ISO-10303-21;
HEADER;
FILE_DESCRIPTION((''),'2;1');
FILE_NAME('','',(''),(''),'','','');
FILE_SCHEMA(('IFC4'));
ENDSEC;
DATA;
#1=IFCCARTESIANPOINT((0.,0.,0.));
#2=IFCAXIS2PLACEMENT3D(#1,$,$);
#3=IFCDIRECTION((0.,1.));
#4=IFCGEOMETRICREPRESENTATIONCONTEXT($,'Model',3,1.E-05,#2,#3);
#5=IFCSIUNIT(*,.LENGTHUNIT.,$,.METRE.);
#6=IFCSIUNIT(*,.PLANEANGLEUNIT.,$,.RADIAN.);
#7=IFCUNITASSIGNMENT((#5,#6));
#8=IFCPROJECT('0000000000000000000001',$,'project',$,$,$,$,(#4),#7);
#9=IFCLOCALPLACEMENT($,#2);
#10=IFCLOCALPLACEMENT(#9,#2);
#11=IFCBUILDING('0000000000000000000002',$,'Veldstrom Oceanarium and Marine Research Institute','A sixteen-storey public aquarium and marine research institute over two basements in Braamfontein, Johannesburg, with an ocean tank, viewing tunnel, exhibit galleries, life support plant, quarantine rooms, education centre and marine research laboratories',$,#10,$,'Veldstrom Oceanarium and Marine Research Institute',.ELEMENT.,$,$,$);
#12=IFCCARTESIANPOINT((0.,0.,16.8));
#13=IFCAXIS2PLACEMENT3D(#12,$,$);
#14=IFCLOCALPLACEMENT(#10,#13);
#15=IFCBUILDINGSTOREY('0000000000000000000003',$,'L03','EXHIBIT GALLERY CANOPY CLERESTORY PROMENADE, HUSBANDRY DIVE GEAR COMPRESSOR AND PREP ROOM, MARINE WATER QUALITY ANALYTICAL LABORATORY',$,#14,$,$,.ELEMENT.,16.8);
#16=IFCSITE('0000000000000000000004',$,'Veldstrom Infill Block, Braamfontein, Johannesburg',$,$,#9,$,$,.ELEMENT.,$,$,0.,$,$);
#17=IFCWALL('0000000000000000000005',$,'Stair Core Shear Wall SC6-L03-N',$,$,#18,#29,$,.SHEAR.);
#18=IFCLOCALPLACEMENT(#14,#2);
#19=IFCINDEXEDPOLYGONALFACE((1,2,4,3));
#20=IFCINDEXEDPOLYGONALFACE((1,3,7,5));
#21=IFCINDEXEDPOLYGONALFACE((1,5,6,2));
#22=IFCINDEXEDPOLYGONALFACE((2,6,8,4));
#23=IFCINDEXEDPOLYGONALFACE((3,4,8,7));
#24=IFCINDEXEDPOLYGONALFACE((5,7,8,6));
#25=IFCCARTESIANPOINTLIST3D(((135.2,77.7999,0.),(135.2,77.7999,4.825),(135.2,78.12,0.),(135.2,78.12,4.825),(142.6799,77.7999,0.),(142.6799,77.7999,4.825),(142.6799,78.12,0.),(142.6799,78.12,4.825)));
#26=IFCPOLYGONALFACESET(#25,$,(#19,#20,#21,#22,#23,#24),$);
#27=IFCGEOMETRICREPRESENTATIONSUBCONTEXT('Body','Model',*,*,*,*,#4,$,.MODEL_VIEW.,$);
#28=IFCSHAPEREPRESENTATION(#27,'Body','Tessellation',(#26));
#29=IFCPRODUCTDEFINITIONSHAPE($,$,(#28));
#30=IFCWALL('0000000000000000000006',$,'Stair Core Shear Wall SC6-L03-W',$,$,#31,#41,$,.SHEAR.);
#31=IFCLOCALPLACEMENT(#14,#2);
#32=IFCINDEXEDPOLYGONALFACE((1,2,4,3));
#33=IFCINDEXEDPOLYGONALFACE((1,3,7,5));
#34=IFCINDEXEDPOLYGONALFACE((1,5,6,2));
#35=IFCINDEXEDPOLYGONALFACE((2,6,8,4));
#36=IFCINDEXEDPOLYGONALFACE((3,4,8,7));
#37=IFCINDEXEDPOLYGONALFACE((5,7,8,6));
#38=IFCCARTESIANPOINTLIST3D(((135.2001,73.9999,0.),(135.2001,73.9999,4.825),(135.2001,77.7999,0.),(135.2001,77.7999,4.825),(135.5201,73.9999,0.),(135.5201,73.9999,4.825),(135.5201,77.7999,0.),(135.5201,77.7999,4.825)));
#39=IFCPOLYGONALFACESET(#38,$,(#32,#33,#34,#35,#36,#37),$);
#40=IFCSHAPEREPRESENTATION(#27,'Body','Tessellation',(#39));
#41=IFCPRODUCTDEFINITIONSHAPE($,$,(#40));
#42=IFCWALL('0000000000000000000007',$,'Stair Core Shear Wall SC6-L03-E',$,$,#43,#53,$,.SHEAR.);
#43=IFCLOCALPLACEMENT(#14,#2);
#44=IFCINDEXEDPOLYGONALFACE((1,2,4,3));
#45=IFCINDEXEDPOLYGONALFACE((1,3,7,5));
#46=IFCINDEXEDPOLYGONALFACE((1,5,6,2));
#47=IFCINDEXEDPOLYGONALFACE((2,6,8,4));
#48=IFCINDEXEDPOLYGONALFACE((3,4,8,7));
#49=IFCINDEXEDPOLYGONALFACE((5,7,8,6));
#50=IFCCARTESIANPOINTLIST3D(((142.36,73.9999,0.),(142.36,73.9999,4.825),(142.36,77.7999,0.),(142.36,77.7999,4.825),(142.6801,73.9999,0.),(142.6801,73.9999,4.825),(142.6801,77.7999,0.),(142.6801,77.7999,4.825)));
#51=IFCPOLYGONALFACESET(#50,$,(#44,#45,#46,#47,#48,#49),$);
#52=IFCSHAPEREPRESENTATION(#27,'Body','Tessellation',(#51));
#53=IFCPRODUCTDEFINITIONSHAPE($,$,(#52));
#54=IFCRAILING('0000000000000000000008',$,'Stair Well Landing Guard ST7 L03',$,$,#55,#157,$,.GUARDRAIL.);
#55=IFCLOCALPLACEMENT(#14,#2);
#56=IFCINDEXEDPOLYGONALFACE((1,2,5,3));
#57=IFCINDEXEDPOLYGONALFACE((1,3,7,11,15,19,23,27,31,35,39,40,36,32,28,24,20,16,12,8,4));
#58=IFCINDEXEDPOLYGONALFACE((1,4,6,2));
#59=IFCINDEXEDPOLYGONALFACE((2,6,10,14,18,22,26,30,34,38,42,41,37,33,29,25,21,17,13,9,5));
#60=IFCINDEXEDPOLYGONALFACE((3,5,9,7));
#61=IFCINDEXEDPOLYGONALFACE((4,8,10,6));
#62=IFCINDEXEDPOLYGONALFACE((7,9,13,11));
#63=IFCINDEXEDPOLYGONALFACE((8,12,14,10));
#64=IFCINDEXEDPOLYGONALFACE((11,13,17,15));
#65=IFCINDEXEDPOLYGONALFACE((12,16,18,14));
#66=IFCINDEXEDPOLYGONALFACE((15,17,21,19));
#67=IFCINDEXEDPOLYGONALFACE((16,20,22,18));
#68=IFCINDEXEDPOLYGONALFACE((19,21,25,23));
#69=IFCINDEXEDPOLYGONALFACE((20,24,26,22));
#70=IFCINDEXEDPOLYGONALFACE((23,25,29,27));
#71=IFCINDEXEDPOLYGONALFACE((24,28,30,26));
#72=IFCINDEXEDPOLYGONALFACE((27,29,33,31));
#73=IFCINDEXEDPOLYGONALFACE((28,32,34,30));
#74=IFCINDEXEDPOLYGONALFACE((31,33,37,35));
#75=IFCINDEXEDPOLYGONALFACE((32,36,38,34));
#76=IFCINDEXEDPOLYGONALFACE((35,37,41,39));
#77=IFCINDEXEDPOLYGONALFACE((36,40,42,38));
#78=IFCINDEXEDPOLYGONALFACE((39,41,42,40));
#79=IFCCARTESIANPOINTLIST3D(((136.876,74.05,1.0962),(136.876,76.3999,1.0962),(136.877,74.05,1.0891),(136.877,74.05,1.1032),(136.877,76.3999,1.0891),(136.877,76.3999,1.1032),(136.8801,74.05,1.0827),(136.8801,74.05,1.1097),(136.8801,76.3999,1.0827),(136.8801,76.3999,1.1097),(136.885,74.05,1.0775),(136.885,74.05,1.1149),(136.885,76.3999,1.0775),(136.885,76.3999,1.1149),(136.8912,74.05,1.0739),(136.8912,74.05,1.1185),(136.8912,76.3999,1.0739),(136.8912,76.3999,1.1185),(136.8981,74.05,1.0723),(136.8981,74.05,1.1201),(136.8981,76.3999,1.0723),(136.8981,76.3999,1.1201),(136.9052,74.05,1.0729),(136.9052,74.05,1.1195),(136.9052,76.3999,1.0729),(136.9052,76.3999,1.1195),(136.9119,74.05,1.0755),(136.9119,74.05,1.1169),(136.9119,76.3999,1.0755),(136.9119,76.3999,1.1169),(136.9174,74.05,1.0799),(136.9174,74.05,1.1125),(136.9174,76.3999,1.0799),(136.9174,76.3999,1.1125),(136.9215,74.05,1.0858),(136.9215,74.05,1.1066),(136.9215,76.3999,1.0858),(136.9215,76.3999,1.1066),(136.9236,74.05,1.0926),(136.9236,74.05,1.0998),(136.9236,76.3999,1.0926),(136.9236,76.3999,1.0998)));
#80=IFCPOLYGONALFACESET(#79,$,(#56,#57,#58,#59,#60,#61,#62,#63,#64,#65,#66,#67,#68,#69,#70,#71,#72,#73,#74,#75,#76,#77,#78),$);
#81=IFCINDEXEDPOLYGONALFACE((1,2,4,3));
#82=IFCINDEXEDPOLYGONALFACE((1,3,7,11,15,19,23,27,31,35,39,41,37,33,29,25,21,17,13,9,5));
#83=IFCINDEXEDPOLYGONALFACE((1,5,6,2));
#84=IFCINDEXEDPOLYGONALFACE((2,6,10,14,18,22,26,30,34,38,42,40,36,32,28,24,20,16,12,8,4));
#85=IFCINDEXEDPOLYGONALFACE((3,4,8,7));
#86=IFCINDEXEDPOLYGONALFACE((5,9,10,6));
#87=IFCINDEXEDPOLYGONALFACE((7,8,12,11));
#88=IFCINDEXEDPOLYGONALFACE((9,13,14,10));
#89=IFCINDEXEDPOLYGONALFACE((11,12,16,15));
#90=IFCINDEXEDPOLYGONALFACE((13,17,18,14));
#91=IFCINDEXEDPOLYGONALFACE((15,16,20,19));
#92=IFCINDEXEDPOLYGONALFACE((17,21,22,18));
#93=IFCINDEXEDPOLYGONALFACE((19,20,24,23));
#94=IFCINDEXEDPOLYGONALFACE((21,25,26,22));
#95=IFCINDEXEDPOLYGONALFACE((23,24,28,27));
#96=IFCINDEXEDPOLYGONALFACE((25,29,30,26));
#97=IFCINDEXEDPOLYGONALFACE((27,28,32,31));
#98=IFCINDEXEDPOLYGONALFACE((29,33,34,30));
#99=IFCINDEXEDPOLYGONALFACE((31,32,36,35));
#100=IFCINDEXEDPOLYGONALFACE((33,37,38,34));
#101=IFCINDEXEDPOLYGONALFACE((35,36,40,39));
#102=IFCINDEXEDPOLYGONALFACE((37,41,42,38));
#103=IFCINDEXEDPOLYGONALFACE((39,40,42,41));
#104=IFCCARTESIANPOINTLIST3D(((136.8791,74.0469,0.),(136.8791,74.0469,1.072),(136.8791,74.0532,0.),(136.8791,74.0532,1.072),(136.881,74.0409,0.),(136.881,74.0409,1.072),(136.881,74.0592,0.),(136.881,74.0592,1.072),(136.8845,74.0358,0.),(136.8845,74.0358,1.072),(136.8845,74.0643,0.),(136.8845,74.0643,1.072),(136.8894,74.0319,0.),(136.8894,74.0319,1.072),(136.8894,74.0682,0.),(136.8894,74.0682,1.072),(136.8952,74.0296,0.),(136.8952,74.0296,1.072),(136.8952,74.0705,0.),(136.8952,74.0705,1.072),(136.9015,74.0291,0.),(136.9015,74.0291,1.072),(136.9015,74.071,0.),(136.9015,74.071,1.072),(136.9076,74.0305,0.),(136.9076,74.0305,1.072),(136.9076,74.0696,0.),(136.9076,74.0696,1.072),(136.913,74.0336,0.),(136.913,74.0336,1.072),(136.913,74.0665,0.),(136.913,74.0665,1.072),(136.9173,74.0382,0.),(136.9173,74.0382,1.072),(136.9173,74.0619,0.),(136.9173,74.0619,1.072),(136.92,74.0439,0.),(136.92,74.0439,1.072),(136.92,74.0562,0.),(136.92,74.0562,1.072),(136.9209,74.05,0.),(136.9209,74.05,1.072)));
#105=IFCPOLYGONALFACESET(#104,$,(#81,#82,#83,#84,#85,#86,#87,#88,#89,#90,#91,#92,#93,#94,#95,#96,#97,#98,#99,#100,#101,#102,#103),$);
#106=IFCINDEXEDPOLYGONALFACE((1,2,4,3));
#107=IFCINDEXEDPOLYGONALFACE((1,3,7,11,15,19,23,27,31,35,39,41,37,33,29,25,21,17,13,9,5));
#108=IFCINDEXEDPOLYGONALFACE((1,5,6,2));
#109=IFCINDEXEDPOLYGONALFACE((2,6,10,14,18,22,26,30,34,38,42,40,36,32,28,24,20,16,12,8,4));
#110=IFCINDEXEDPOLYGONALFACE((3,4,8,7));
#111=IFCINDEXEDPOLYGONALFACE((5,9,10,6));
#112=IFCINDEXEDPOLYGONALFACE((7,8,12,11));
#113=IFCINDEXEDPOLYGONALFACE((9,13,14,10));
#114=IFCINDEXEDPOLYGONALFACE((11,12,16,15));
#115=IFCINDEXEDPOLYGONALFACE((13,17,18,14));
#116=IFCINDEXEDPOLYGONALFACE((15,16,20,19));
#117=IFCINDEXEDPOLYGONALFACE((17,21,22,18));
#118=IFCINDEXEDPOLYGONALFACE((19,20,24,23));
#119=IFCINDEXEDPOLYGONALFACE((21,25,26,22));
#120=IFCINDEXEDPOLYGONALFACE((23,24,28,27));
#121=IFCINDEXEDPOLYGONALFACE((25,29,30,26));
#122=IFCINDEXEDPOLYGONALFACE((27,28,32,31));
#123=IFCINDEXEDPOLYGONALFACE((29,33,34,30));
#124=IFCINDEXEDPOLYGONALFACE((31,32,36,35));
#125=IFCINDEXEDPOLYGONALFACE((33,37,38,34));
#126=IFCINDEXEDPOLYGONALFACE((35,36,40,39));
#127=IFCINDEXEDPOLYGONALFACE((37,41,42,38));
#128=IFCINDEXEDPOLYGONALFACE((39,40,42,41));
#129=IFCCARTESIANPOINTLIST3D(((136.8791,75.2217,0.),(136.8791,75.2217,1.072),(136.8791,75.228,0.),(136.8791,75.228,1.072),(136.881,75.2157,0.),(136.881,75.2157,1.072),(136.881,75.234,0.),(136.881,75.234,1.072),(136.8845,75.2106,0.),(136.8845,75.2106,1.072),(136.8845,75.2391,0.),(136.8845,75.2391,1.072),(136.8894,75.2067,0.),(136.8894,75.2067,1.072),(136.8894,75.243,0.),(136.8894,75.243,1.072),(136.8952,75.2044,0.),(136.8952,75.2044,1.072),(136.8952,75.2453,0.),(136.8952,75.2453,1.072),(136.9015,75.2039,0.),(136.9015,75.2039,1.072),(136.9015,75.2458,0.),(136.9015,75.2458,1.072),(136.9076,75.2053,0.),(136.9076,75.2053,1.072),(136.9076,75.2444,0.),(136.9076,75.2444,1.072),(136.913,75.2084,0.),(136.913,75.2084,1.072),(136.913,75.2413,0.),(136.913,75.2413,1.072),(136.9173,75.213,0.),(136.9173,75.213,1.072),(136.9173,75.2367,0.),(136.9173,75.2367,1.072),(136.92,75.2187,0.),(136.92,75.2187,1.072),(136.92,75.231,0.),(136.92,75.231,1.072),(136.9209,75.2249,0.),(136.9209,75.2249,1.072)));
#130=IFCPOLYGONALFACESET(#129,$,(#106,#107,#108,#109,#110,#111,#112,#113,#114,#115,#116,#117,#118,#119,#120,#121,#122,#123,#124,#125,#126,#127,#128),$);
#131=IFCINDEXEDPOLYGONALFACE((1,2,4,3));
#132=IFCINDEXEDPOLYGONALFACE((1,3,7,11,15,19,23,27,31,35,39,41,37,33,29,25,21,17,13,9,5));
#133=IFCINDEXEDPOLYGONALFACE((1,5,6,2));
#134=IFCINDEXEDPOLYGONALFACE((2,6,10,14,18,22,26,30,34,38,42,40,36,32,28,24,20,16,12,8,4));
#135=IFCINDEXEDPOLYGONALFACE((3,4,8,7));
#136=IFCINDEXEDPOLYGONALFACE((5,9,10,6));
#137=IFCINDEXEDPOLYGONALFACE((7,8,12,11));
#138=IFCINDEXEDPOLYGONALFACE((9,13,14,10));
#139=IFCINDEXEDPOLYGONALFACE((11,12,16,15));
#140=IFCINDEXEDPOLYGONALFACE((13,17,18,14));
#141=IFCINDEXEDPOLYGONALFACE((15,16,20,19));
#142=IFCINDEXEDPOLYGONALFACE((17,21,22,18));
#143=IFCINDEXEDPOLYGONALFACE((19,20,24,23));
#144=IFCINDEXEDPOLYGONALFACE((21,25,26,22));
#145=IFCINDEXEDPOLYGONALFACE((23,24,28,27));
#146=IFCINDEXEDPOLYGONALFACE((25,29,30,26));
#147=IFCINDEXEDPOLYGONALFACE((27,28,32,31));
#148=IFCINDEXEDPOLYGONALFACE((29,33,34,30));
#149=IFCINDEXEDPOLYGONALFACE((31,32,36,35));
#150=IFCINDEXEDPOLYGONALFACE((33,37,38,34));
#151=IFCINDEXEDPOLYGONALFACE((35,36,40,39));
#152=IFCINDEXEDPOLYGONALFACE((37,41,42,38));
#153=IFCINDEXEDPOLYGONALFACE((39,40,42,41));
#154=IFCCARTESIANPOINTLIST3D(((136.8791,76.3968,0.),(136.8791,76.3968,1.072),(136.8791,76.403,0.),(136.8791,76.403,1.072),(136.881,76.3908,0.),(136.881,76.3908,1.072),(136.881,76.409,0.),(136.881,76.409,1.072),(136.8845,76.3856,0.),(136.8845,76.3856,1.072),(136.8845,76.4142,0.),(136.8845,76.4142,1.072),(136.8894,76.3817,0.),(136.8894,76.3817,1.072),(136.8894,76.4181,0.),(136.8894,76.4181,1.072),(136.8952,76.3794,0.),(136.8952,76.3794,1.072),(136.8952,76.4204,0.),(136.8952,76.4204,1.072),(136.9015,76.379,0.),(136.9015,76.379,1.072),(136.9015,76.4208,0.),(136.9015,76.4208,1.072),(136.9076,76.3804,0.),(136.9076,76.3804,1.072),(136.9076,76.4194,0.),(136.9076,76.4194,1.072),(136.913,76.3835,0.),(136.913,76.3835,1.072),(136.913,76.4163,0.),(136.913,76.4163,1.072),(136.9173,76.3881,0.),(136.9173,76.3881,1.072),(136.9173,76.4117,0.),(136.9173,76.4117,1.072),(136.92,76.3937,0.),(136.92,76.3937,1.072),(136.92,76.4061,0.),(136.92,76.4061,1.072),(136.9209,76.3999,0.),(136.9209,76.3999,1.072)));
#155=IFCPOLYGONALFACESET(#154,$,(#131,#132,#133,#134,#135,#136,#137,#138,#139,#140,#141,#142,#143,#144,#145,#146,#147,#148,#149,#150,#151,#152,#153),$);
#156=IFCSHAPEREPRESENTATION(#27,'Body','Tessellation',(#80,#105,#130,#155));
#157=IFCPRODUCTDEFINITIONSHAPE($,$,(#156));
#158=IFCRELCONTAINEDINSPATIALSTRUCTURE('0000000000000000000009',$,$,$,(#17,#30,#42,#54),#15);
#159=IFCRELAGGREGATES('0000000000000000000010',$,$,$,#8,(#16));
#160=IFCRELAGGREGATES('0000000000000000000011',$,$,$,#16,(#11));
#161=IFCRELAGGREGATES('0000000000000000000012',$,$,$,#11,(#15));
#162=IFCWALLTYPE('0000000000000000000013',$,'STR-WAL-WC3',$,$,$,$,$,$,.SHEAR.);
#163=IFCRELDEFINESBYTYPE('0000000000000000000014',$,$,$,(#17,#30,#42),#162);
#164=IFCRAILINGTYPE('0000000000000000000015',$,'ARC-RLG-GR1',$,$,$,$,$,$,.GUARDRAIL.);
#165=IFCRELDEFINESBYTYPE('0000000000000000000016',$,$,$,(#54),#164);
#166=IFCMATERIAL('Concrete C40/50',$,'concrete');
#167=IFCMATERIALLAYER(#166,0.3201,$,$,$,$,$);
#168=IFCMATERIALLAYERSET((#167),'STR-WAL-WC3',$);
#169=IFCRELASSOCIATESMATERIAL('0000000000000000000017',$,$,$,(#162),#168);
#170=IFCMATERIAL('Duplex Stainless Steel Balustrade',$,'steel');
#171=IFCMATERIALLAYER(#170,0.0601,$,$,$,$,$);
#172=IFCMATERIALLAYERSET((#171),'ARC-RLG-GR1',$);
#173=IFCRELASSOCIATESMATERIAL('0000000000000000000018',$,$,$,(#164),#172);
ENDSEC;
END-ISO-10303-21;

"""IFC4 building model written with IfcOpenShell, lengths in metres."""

from ifc_helpers import new_model, si_unit, direction, frame, frame_2d, origin, origin_2d, place, context, subcontext, project, spatial, rectangle, circle, extrude, material, layer, layer_set, type_object, element, save


model = new_model("IFC4")

# Units and contexts
model_context = context("Model", 3, precision=1e-05, world=origin(), true_north=direction((0.0, 1.0)))
body_context = subcontext(model_context, "Body", "Model", "MODEL_VIEW")
ifc_project = project(units=[si_unit("LENGTHUNIT", "METRE"), si_unit("PLANEANGLEUNIT", "RADIAN")], contexts=[model_context])

# Site, building, storey
site_placement = place(None, origin())
site = spatial("IfcSite", under=ifc_project, at=site_placement, Name="Veldstrom Infill Block, Braamfontein, Johannesburg", CompositionType="ELEMENT", RefElevation=0.0)
building_placement = place(site_placement, origin())
building = spatial("IfcBuilding", under=site, at=building_placement, Name="Veldstrom Oceanarium and Marine Research Institute", Description="A sixteen-storey public aquarium and marine research institute over two basements in Braamfontein, Johannesburg, with an ocean tank, viewing tunnel, exhibit galleries, life support plant, quarantine rooms, education centre and marine research laboratories", LongName="Veldstrom Oceanarium and Marine Research Institute", CompositionType="ELEMENT")
storey_placement = place(building_placement, frame((0.0, 0.0, 16.8)))
storey = spatial("IfcBuildingStorey", under=building, at=storey_placement, Name="L03", Description="EXHIBIT GALLERY CANOPY CLERESTORY PROMENADE, HUSBANDRY DIVE GEAR COMPRESSOR AND PREP ROOM, MARINE WATER QUALITY ANALYTICAL LABORATORY", CompositionType="ELEMENT", Elevation=16.8)

# Shared definitions
ifc_material_1 = material(Name="Concrete C40/50", Category="concrete")
ifc_layer_1 = layer(ifc_material_1, 0.3201)
ifc_layer_set_1 = layer_set([ifc_layer_1], Name="STR-WAL-WC3")
wall_type_1 = type_object("IfcWallType", Name="STR-WAL-WC3", PredefinedType="SHEAR", material=ifc_layer_set_1)

# Walls
wall_1_placement = place(storey_placement, frame((135.2, 77.96, 0.0), z_axis=(0.0, 0.0, 1.0), x_axis=(1.0, 0.0, 0.0)))
element("IfcWall", 1, at=wall_1_placement, inside=storey, type_object=wall_type_1, Name="Stair Core Shear Wall SC6-L03-N", PredefinedType="SHEAR", context=body_context, shape_type="SweptSolid", body=[
    extrude(rectangle(XDim=7.48, YDim=0.3201, at=frame_2d((3.74, 0.0))), origin(), (0.0, 0.0, 1.0), 4.825),
])
for number, where, z_axis, x_axis, name in (
    (2, (135.3601, 74.0, 0.0), (0.0, 0.0, 1.0), (0.0, 1.0, 0.0), "Stair Core Shear Wall SC6-L03-W"),
    (3, (142.52, 74.0, 0.0), (0.0, 0.0, 1.0), (0.0, 1.0, 0.0), "Stair Core Shear Wall SC6-L03-E"),
):
    element("IfcWall", number, at=place(storey_placement, frame(where, z_axis=z_axis, x_axis=x_axis)), inside=storey, type_object=wall_type_1, Name=name, PredefinedType="SHEAR", context=body_context, shape_type="SweptSolid", body=[
        extrude(rectangle(XDim=3.8, YDim=0.3201, at=frame_2d((1.8999, 0.0))), origin(), (0.0, 0.0, 1.0), 4.825),
    ])

# Railing
ifc_material_2 = material(Name="Duplex Stainless Steel Balustrade", Category="steel")
ifc_layer_2 = layer(ifc_material_2, 0.0601)
ifc_layer_set_2 = layer_set([ifc_layer_2], Name="ARC-RLG-GR1")
railing_type = type_object("IfcRailingType", Name="ARC-RLG-GR1", PredefinedType="GUARDRAIL", material=ifc_layer_set_2)
railing_placement = place(storey_placement, frame((136.8999, 74.05, 0.0)))
element("IfcRailing", 4, at=railing_placement, inside=storey, type_object=railing_type, Name="Stair Well Landing Guard ST7 L03", PredefinedType="GUARDRAIL", context=body_context, shape_type="SweptSolid", body=[
    extrude(circle(Radius=0.0239, at=origin_2d()), frame((0.0, 0.0, 1.0962), z_axis=(0.0, 1.0, 0.0), x_axis=(-1.0, 0.0, 0.0)), (0.0, 0.0, 1.0), 2.3499),
    extrude(circle(Radius=0.021, at=origin_2d()), origin(), (0.0, 0.0, 1.0), 1.072),
    extrude(circle(Radius=0.021, at=origin_2d()), frame((0.0, 1.1748, 0.0)), (0.0, 0.0, 1.0), 1.072),
    extrude(circle(Radius=0.021, at=origin_2d()), frame((0.0, 2.3499, 0.0)), (0.0, 0.0, 1.0), 1.072),
])

save(model, "model.ifc")
